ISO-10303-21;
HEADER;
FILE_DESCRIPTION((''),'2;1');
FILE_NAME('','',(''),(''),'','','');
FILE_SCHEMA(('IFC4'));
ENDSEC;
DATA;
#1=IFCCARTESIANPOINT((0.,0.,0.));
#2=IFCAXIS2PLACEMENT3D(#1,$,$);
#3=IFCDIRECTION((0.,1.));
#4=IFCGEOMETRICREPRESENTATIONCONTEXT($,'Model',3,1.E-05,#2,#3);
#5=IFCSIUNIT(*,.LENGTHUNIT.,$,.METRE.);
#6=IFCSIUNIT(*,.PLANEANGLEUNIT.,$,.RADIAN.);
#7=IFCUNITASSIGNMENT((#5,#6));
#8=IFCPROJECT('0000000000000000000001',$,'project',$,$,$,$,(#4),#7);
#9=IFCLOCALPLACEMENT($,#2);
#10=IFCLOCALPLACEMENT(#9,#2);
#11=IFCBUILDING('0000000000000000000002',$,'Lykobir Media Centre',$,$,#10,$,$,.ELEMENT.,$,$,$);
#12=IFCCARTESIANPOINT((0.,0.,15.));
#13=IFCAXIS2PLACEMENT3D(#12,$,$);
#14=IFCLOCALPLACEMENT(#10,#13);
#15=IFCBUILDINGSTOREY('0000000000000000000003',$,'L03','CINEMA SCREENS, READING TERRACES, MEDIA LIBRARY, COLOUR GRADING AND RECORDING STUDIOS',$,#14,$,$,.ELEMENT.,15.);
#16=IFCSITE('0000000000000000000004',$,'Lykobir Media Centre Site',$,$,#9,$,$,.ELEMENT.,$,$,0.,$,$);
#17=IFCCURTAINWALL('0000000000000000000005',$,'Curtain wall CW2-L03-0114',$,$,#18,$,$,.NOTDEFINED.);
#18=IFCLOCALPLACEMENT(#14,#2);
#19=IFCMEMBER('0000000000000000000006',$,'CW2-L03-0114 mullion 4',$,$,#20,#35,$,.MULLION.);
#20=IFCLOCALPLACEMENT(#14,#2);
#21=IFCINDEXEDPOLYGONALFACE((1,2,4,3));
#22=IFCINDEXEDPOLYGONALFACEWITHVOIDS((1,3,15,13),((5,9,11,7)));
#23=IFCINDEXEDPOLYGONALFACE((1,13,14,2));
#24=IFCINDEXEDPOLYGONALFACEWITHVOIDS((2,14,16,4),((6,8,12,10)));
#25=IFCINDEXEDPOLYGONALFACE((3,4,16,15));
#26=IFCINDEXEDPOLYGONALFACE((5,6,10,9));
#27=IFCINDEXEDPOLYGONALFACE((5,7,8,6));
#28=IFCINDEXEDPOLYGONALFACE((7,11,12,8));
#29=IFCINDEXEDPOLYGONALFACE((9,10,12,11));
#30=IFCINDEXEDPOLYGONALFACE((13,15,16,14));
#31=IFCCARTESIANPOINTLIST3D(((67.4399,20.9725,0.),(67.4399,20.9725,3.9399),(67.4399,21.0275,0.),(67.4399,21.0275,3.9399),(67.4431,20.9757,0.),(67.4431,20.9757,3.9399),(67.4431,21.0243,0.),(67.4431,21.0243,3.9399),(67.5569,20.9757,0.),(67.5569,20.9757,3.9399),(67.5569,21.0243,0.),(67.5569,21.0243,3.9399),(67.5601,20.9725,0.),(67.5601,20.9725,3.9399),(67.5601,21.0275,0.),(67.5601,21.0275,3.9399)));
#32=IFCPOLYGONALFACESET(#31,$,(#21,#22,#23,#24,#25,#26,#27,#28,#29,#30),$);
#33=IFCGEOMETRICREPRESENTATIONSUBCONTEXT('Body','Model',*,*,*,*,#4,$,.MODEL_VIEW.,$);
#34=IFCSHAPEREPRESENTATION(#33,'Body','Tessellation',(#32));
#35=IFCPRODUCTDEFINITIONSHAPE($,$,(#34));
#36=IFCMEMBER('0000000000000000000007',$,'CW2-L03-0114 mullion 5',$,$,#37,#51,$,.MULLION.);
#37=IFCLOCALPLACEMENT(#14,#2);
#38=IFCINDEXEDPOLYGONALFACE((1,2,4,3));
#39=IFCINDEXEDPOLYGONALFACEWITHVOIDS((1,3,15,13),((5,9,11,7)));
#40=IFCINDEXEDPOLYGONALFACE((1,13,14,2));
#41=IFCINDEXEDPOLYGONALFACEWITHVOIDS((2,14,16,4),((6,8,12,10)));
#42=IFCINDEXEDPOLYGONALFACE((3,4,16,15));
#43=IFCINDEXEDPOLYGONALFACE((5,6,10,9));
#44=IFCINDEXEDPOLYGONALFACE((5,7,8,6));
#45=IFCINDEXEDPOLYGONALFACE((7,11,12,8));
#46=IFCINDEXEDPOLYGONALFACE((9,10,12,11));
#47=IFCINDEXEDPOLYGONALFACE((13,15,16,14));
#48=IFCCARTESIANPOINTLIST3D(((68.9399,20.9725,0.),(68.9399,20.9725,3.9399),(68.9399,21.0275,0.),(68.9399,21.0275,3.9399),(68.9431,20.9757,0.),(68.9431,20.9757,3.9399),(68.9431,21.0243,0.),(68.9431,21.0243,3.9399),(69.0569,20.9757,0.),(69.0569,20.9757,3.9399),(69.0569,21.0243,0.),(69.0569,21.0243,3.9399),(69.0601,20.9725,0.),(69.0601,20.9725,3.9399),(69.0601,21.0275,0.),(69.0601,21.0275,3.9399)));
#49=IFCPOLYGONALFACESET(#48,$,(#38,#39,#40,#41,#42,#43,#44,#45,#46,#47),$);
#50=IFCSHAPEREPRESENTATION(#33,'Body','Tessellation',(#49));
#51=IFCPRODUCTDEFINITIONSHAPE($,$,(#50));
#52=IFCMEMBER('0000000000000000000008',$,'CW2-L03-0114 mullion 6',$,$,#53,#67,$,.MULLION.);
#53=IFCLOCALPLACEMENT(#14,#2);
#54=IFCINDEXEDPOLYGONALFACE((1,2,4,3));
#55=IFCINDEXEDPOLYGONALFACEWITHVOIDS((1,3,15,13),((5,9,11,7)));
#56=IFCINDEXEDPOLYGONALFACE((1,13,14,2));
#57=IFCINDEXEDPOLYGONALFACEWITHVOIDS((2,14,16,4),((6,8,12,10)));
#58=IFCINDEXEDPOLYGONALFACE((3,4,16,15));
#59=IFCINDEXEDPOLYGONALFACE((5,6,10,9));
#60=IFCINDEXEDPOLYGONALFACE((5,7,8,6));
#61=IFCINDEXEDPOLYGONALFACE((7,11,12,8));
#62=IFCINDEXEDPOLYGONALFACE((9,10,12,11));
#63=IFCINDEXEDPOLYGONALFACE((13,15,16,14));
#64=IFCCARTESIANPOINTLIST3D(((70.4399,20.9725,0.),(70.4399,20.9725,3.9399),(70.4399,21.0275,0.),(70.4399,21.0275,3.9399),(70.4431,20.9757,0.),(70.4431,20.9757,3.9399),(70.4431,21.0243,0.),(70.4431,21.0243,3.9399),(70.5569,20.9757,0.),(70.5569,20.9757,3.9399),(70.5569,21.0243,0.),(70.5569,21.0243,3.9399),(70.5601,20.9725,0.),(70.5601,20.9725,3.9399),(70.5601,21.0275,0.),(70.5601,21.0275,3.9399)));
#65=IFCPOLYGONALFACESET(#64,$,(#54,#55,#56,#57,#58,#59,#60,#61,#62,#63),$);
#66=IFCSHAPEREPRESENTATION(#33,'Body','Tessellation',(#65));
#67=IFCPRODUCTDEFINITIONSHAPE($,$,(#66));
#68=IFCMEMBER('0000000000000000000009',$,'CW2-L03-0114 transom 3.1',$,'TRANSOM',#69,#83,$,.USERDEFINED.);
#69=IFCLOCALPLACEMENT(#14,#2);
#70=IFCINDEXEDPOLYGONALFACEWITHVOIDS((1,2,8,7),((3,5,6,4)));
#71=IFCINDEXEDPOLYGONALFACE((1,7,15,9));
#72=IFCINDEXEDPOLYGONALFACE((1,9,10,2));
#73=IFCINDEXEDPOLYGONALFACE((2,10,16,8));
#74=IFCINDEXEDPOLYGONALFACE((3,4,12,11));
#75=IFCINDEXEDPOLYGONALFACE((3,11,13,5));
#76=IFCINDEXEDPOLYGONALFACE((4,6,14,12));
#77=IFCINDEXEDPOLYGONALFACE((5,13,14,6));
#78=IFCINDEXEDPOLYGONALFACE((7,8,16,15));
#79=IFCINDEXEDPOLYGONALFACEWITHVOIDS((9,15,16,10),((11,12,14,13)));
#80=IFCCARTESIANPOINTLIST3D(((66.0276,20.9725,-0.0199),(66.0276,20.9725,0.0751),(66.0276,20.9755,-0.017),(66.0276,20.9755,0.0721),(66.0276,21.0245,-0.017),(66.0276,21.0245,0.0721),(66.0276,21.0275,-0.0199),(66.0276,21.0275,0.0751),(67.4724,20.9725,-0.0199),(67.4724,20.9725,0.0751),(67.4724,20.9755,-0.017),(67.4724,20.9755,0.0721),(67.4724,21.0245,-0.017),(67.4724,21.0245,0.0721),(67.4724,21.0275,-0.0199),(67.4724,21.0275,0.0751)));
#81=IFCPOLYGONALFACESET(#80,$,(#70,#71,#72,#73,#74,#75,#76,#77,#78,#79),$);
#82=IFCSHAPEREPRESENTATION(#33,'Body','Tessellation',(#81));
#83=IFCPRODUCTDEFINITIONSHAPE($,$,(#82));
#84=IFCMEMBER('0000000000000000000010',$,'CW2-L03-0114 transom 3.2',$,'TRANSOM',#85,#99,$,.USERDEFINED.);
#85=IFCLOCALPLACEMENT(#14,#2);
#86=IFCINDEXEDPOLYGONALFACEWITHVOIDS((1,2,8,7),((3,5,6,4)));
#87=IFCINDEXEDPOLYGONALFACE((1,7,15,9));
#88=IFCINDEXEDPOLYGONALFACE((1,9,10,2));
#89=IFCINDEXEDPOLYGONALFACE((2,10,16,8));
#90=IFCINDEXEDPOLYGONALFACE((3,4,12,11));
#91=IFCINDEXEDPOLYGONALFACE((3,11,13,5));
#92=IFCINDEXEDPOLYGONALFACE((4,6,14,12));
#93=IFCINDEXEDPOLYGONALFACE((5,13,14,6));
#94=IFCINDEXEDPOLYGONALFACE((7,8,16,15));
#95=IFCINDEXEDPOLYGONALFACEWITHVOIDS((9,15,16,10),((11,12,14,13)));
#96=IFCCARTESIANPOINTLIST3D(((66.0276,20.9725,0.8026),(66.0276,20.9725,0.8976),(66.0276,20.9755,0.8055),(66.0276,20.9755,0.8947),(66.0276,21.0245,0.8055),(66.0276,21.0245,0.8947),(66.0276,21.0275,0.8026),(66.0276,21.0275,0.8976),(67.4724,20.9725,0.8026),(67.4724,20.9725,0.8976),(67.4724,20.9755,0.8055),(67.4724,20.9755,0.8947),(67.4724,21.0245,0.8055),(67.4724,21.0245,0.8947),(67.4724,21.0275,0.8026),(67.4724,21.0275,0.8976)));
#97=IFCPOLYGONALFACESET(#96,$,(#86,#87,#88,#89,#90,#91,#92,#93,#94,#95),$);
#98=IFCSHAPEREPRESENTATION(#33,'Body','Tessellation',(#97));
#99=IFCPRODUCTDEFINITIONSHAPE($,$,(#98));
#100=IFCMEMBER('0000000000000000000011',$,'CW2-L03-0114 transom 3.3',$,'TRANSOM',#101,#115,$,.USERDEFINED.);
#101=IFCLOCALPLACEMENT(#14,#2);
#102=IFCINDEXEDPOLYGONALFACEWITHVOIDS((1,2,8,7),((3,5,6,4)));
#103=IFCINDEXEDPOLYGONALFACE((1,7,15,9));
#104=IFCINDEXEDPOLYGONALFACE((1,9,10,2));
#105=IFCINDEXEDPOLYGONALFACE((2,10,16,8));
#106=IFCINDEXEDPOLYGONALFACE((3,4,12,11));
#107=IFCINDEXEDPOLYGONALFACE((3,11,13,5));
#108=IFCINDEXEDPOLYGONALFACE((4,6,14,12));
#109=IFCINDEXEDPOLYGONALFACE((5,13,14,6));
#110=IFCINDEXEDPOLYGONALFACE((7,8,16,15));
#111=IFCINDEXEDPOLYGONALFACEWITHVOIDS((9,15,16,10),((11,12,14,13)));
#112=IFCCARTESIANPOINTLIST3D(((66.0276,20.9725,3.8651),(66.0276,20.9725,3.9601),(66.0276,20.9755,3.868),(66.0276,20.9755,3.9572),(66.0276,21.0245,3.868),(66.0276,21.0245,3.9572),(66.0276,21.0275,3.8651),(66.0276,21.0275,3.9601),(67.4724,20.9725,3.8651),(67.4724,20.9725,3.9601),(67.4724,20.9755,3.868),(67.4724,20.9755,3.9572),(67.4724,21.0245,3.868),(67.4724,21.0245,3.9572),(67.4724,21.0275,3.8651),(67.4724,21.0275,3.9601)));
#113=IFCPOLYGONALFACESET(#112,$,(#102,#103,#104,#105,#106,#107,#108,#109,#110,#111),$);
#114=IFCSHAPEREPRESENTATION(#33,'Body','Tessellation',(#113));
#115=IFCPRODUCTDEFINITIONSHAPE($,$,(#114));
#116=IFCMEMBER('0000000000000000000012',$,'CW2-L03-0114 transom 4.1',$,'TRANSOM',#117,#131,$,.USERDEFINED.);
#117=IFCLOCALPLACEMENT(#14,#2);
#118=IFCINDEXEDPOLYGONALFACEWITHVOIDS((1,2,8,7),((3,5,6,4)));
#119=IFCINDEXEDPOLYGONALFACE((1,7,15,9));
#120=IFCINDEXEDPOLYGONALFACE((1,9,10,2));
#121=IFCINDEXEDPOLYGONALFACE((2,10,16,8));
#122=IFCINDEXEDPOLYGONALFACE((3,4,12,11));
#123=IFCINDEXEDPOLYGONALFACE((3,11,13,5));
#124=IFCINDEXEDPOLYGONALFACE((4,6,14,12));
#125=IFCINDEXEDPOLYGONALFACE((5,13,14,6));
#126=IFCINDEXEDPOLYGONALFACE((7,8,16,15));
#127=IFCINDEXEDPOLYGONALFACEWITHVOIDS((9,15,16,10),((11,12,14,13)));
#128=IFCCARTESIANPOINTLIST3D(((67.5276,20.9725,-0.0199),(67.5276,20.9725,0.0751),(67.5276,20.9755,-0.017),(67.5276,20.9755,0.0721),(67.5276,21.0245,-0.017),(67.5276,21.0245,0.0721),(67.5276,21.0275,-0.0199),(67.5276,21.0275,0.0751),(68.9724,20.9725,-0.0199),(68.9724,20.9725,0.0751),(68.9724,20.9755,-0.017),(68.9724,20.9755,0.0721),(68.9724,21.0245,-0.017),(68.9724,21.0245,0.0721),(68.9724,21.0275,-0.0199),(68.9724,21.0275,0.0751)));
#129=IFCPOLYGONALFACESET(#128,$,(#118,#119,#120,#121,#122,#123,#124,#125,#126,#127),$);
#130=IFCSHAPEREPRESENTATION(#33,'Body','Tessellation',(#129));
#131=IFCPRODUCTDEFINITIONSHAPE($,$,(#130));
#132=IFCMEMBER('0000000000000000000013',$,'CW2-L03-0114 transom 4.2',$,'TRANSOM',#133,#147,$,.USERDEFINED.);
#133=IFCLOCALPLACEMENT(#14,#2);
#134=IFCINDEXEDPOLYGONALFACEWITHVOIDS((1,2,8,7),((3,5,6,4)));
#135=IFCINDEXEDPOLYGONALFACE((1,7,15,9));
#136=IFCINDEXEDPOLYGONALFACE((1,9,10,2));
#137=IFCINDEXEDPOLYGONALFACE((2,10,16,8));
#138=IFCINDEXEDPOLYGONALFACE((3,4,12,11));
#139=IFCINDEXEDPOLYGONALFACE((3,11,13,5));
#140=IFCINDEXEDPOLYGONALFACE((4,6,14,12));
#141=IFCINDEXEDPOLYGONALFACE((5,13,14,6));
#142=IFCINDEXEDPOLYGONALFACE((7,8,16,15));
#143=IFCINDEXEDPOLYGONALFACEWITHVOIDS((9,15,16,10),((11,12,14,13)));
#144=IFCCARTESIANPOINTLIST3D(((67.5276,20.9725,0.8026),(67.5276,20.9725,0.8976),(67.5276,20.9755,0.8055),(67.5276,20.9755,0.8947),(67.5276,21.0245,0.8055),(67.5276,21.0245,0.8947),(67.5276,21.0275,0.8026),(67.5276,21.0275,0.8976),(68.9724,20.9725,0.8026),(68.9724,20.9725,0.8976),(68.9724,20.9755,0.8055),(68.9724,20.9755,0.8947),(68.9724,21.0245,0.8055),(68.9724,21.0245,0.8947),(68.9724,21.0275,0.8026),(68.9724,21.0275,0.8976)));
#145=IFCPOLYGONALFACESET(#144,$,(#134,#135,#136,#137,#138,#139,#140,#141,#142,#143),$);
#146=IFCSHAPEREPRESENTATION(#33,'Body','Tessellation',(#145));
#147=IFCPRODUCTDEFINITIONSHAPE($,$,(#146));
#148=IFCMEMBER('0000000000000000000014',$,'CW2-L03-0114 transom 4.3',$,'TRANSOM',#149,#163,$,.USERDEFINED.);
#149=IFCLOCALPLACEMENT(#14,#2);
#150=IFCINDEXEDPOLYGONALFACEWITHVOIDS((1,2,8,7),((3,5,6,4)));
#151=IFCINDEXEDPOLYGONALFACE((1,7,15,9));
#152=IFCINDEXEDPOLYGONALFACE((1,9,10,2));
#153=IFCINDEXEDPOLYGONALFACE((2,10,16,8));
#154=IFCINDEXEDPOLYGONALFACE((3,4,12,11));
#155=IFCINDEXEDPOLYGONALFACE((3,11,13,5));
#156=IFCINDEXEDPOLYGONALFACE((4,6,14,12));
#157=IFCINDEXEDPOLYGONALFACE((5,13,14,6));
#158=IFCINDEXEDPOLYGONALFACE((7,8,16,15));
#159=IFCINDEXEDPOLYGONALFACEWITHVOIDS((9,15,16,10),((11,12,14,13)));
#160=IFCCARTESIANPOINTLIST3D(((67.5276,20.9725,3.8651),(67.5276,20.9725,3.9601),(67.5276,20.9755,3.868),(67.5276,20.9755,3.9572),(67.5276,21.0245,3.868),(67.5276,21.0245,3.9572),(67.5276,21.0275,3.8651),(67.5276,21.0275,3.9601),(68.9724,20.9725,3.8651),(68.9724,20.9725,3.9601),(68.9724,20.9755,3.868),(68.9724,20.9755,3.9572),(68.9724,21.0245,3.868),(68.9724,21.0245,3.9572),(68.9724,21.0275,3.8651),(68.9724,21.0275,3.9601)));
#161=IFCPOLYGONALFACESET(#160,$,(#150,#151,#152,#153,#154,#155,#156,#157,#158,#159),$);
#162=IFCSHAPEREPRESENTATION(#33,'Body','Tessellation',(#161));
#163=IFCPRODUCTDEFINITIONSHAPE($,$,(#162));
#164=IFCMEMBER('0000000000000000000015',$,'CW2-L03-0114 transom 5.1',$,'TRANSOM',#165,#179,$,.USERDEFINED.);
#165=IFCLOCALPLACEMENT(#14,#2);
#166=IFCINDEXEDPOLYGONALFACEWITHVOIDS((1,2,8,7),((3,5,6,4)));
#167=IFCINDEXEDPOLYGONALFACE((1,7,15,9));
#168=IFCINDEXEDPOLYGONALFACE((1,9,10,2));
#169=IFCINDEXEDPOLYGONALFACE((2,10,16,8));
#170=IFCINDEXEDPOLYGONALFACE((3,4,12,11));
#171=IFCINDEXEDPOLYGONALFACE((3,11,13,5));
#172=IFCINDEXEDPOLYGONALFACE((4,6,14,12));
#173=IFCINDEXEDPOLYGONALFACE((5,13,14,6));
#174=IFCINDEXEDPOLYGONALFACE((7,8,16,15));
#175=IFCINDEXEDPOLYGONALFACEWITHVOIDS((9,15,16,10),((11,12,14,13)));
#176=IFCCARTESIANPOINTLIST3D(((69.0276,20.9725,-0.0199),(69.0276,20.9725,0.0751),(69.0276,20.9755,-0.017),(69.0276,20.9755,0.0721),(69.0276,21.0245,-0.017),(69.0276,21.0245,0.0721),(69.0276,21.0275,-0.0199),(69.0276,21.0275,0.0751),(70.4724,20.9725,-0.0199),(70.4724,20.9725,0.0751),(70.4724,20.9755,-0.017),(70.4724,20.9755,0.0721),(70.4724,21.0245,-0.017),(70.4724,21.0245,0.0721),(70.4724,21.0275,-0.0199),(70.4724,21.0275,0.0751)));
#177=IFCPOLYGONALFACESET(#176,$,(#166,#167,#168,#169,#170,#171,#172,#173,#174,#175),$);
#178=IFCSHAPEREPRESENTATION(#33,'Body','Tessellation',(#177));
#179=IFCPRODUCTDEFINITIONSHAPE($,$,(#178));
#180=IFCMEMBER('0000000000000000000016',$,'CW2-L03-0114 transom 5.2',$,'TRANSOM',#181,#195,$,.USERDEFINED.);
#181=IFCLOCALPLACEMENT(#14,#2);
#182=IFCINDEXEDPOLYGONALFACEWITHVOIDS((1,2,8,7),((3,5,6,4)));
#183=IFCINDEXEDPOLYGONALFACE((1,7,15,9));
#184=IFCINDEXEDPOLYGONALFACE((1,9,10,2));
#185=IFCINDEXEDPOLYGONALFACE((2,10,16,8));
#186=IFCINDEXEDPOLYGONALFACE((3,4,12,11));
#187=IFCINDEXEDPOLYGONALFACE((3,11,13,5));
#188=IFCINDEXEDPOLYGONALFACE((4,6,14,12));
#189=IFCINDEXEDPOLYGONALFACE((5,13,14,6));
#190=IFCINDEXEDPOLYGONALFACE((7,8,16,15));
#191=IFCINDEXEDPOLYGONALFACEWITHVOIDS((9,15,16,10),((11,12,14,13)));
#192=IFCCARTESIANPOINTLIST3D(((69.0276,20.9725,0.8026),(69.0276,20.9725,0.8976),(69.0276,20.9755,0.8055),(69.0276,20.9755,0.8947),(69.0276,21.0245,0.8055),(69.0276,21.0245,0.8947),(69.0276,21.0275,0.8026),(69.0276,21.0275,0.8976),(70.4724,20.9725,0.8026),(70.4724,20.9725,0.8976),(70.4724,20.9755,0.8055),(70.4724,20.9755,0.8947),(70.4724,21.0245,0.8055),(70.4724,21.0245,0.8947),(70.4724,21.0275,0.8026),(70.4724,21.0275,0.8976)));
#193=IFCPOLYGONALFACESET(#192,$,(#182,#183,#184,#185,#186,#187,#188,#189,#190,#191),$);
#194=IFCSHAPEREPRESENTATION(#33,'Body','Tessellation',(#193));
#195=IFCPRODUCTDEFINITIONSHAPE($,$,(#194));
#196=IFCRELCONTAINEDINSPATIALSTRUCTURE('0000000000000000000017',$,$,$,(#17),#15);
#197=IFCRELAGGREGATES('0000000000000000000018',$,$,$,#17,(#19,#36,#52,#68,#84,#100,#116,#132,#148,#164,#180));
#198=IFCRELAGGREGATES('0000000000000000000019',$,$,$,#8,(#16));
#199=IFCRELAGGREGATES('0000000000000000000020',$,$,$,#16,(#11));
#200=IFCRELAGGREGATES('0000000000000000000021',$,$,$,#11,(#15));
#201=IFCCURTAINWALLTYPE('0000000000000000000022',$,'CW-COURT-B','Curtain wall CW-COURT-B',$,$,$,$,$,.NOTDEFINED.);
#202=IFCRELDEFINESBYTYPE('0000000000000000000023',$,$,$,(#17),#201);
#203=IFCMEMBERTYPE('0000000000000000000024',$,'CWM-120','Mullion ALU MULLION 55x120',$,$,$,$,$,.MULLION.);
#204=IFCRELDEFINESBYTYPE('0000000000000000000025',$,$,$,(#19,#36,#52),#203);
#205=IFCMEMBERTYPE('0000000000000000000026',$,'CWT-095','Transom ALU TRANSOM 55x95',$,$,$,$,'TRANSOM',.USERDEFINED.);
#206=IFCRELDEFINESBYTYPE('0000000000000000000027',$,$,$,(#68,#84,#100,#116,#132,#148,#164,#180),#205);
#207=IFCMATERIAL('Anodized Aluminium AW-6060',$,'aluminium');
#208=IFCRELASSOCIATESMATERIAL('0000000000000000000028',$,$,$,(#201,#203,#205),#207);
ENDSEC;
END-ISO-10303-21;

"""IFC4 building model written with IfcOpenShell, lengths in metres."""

from ifc_helpers import new_model, si_unit, direction, frame, origin, origin_2d, place, context, subcontext, project, spatial, hollow_rectangle, extrude, material, material_profile, profile_set, type_object, element, aggregate, save


model = new_model("IFC4")

# Units and contexts
model_context = context("Model", 3, precision=1e-05, world=origin(), true_north=direction((0.0, 1.0)))
body_context = subcontext(model_context, "Body", "Model", "MODEL_VIEW")
ifc_project = project(units=[si_unit("LENGTHUNIT", "METRE"), si_unit("PLANEANGLEUNIT", "RADIAN")], contexts=[model_context])

# Site, building, storey
site_placement = place(None, origin())
site = spatial("IfcSite", under=ifc_project, at=site_placement, Name="Lykobir Media Centre Site", CompositionType="ELEMENT", RefElevation=0.0)
building_placement = place(site_placement, origin())
building = spatial("IfcBuilding", under=site, at=building_placement, Name="Lykobir Media Centre", CompositionType="ELEMENT")
storey_placement = place(building_placement, frame((0.0, 0.0, 15.0)))
storey = spatial("IfcBuildingStorey", under=building, at=storey_placement, Name="L03", Description="CINEMA SCREENS, READING TERRACES, MEDIA LIBRARY, COLOUR GRADING AND RECORDING STUDIOS", CompositionType="ELEMENT", Elevation=15.0)

# Curtain wall, members
ifc_material_1 = material(Name="Anodized Aluminium AW-6060", Category="aluminium")
curtain_wall_type = type_object("IfcCurtainWallType", Name="CW-COURT-B", Description="Curtain wall CW-COURT-B", PredefinedType="NOTDEFINED", material=ifc_material_1)
curtain_wall_placement = place(storey_placement, origin())
curtain_wall = element("IfcCurtainWall", 1, at=curtain_wall_placement, inside=storey, type_object=curtain_wall_type, Name="Curtain wall CW2-L03-0114", PredefinedType="NOTDEFINED")
ifc_material_profile_1 = material_profile(ifc_material_1, hollow_rectangle(XDim=0.0549, YDim=0.1201, WallThickness=0.0032, at=origin_2d()), Name="ALU MULLION 55x120")
ifc_profile_set_1 = profile_set([ifc_material_profile_1], Name="Anodized Aluminium AW-6060")
member_type_1 = type_object("IfcMemberType", Name="CWM-120", Description="Mullion ALU MULLION 55x120", PredefinedType="MULLION", material=ifc_profile_set_1)
member_1_placement = place(storey_placement, frame((67.5, 21.0, 0.0), z_axis=(0.0, 0.0, 1.0), x_axis=(0.0, 1.0, 0.0)))
member_1 = element("IfcMember", 2, at=member_1_placement, type_object=member_type_1, Name="CW2-L03-0114 mullion 4", PredefinedType="MULLION", context=body_context, shape_type="SweptSolid", body=[
    extrude(hollow_rectangle(XDim=0.0549, YDim=0.1201, WallThickness=0.0032, at=origin_2d()), origin(), (0.0, 0.0, 1.0), 3.9399),
])
member_2_placement = place(storey_placement, frame((69.0, 21.0, 0.0), z_axis=(0.0, 0.0, 1.0), x_axis=(0.0, 1.0, 0.0)))
member_2 = element("IfcMember", 3, at=member_2_placement, type_object=member_type_1, Name="CW2-L03-0114 mullion 5", PredefinedType="MULLION", context=body_context, shape_type="SweptSolid", body=[
    extrude(hollow_rectangle(XDim=0.0549, YDim=0.1201, WallThickness=0.0032, at=origin_2d()), origin(), (0.0, 0.0, 1.0), 3.9399),
])
member_3_placement = place(storey_placement, frame((70.5, 21.0, 0.0), z_axis=(0.0, 0.0, 1.0), x_axis=(0.0, 1.0, 0.0)))
member_3 = element("IfcMember", 4, at=member_3_placement, type_object=member_type_1, Name="CW2-L03-0114 mullion 6", PredefinedType="MULLION", context=body_context, shape_type="SweptSolid", body=[
    extrude(hollow_rectangle(XDim=0.0549, YDim=0.1201, WallThickness=0.0032, at=origin_2d()), origin(), (0.0, 0.0, 1.0), 3.9399),
])
ifc_material_profile_2 = material_profile(ifc_material_1, hollow_rectangle(XDim=0.0549, YDim=0.095, WallThickness=0.0029, at=origin_2d()), Name="ALU TRANSOM 55x95")
ifc_profile_set_2 = profile_set([ifc_material_profile_2], Name="Anodized Aluminium AW-6060")
member_type_2 = type_object("IfcMemberType", Name="CWT-095", Description="Transom ALU TRANSOM 55x95", ElementType="TRANSOM", PredefinedType="USERDEFINED", material=ifc_profile_set_2)
member_4_placement = place(storey_placement, frame((66.0276, 21.0, 0.0276), z_axis=(1.0, 0.0, 0.0), x_axis=(0.0, 1.0, 0.0)))
member_4 = element("IfcMember", 5, at=member_4_placement, type_object=member_type_2, Name="CW2-L03-0114 transom 3.1", ObjectType="TRANSOM", PredefinedType="USERDEFINED", context=body_context, shape_type="SweptSolid", body=[
    extrude(hollow_rectangle(XDim=0.0549, YDim=0.095, WallThickness=0.0029, at=origin_2d()), origin(), (0.0, 0.0, 1.0), 1.4448),
])
member_5_placement = place(storey_placement, frame((66.0276, 21.0, 0.8501), z_axis=(1.0, 0.0, 0.0), x_axis=(0.0, 1.0, 0.0)))
member_5 = element("IfcMember", 6, at=member_5_placement, type_object=member_type_2, Name="CW2-L03-0114 transom 3.2", ObjectType="TRANSOM", PredefinedType="USERDEFINED", context=body_context, shape_type="SweptSolid", body=[
    extrude(hollow_rectangle(XDim=0.0549, YDim=0.095, WallThickness=0.0029, at=origin_2d()), origin(), (0.0, 0.0, 1.0), 1.4448),
])
member_6_placement = place(storey_placement, frame((66.0276, 21.0, 3.9126), z_axis=(1.0, 0.0, 0.0), x_axis=(0.0, 1.0, 0.0)))
member_6 = element("IfcMember", 7, at=member_6_placement, type_object=member_type_2, Name="CW2-L03-0114 transom 3.3", ObjectType="TRANSOM", PredefinedType="USERDEFINED", context=body_context, shape_type="SweptSolid", body=[
    extrude(hollow_rectangle(XDim=0.0549, YDim=0.095, WallThickness=0.0029, at=origin_2d()), origin(), (0.0, 0.0, 1.0), 1.4448),
])
member_7_placement = place(storey_placement, frame((67.5276, 21.0, 0.0276), z_axis=(1.0, 0.0, 0.0), x_axis=(0.0, 1.0, 0.0)))
member_7 = element("IfcMember", 8, at=member_7_placement, type_object=member_type_2, Name="CW2-L03-0114 transom 4.1", ObjectType="TRANSOM", PredefinedType="USERDEFINED", context=body_context, shape_type="SweptSolid", body=[
    extrude(hollow_rectangle(XDim=0.0549, YDim=0.095, WallThickness=0.0029, at=origin_2d()), origin(), (0.0, 0.0, 1.0), 1.4448),
])
member_8_placement = place(storey_placement, frame((67.5276, 21.0, 0.8501), z_axis=(1.0, 0.0, 0.0), x_axis=(0.0, 1.0, 0.0)))
member_8 = element("IfcMember", 9, at=member_8_placement, type_object=member_type_2, Name="CW2-L03-0114 transom 4.2", ObjectType="TRANSOM", PredefinedType="USERDEFINED", context=body_context, shape_type="SweptSolid", body=[
    extrude(hollow_rectangle(XDim=0.0549, YDim=0.095, WallThickness=0.0029, at=origin_2d()), origin(), (0.0, 0.0, 1.0), 1.4448),
])
member_9_placement = place(storey_placement, frame((67.5276, 21.0, 3.9126), z_axis=(1.0, 0.0, 0.0), x_axis=(0.0, 1.0, 0.0)))
member_9 = element("IfcMember", 10, at=member_9_placement, type_object=member_type_2, Name="CW2-L03-0114 transom 4.3", ObjectType="TRANSOM", PredefinedType="USERDEFINED", context=body_context, shape_type="SweptSolid", body=[
    extrude(hollow_rectangle(XDim=0.0549, YDim=0.095, WallThickness=0.0029, at=origin_2d()), origin(), (0.0, 0.0, 1.0), 1.4448),
])
member_10_placement = place(storey_placement, frame((69.0276, 21.0, 0.0276), z_axis=(1.0, 0.0, 0.0), x_axis=(0.0, 1.0, 0.0)))
member_10 = element("IfcMember", 11, at=member_10_placement, type_object=member_type_2, Name="CW2-L03-0114 transom 5.1", ObjectType="TRANSOM", PredefinedType="USERDEFINED", context=body_context, shape_type="SweptSolid", body=[
    extrude(hollow_rectangle(XDim=0.0549, YDim=0.095, WallThickness=0.0029, at=origin_2d()), origin(), (0.0, 0.0, 1.0), 1.4448),
])
member_11_placement = place(storey_placement, frame((69.0276, 21.0, 0.8501), z_axis=(1.0, 0.0, 0.0), x_axis=(0.0, 1.0, 0.0)))
member_11 = element("IfcMember", 12, at=member_11_placement, type_object=member_type_2, Name="CW2-L03-0114 transom 5.2", ObjectType="TRANSOM", PredefinedType="USERDEFINED", context=body_context, shape_type="SweptSolid", body=[
    extrude(hollow_rectangle(XDim=0.0549, YDim=0.095, WallThickness=0.0029, at=origin_2d()), origin(), (0.0, 0.0, 1.0), 1.4448),
])
aggregate(curtain_wall, [member_1, member_2, member_3, member_4, member_5, member_6, member_7, member_8, member_9, member_10, member_11])

save(model, "model.ifc")
